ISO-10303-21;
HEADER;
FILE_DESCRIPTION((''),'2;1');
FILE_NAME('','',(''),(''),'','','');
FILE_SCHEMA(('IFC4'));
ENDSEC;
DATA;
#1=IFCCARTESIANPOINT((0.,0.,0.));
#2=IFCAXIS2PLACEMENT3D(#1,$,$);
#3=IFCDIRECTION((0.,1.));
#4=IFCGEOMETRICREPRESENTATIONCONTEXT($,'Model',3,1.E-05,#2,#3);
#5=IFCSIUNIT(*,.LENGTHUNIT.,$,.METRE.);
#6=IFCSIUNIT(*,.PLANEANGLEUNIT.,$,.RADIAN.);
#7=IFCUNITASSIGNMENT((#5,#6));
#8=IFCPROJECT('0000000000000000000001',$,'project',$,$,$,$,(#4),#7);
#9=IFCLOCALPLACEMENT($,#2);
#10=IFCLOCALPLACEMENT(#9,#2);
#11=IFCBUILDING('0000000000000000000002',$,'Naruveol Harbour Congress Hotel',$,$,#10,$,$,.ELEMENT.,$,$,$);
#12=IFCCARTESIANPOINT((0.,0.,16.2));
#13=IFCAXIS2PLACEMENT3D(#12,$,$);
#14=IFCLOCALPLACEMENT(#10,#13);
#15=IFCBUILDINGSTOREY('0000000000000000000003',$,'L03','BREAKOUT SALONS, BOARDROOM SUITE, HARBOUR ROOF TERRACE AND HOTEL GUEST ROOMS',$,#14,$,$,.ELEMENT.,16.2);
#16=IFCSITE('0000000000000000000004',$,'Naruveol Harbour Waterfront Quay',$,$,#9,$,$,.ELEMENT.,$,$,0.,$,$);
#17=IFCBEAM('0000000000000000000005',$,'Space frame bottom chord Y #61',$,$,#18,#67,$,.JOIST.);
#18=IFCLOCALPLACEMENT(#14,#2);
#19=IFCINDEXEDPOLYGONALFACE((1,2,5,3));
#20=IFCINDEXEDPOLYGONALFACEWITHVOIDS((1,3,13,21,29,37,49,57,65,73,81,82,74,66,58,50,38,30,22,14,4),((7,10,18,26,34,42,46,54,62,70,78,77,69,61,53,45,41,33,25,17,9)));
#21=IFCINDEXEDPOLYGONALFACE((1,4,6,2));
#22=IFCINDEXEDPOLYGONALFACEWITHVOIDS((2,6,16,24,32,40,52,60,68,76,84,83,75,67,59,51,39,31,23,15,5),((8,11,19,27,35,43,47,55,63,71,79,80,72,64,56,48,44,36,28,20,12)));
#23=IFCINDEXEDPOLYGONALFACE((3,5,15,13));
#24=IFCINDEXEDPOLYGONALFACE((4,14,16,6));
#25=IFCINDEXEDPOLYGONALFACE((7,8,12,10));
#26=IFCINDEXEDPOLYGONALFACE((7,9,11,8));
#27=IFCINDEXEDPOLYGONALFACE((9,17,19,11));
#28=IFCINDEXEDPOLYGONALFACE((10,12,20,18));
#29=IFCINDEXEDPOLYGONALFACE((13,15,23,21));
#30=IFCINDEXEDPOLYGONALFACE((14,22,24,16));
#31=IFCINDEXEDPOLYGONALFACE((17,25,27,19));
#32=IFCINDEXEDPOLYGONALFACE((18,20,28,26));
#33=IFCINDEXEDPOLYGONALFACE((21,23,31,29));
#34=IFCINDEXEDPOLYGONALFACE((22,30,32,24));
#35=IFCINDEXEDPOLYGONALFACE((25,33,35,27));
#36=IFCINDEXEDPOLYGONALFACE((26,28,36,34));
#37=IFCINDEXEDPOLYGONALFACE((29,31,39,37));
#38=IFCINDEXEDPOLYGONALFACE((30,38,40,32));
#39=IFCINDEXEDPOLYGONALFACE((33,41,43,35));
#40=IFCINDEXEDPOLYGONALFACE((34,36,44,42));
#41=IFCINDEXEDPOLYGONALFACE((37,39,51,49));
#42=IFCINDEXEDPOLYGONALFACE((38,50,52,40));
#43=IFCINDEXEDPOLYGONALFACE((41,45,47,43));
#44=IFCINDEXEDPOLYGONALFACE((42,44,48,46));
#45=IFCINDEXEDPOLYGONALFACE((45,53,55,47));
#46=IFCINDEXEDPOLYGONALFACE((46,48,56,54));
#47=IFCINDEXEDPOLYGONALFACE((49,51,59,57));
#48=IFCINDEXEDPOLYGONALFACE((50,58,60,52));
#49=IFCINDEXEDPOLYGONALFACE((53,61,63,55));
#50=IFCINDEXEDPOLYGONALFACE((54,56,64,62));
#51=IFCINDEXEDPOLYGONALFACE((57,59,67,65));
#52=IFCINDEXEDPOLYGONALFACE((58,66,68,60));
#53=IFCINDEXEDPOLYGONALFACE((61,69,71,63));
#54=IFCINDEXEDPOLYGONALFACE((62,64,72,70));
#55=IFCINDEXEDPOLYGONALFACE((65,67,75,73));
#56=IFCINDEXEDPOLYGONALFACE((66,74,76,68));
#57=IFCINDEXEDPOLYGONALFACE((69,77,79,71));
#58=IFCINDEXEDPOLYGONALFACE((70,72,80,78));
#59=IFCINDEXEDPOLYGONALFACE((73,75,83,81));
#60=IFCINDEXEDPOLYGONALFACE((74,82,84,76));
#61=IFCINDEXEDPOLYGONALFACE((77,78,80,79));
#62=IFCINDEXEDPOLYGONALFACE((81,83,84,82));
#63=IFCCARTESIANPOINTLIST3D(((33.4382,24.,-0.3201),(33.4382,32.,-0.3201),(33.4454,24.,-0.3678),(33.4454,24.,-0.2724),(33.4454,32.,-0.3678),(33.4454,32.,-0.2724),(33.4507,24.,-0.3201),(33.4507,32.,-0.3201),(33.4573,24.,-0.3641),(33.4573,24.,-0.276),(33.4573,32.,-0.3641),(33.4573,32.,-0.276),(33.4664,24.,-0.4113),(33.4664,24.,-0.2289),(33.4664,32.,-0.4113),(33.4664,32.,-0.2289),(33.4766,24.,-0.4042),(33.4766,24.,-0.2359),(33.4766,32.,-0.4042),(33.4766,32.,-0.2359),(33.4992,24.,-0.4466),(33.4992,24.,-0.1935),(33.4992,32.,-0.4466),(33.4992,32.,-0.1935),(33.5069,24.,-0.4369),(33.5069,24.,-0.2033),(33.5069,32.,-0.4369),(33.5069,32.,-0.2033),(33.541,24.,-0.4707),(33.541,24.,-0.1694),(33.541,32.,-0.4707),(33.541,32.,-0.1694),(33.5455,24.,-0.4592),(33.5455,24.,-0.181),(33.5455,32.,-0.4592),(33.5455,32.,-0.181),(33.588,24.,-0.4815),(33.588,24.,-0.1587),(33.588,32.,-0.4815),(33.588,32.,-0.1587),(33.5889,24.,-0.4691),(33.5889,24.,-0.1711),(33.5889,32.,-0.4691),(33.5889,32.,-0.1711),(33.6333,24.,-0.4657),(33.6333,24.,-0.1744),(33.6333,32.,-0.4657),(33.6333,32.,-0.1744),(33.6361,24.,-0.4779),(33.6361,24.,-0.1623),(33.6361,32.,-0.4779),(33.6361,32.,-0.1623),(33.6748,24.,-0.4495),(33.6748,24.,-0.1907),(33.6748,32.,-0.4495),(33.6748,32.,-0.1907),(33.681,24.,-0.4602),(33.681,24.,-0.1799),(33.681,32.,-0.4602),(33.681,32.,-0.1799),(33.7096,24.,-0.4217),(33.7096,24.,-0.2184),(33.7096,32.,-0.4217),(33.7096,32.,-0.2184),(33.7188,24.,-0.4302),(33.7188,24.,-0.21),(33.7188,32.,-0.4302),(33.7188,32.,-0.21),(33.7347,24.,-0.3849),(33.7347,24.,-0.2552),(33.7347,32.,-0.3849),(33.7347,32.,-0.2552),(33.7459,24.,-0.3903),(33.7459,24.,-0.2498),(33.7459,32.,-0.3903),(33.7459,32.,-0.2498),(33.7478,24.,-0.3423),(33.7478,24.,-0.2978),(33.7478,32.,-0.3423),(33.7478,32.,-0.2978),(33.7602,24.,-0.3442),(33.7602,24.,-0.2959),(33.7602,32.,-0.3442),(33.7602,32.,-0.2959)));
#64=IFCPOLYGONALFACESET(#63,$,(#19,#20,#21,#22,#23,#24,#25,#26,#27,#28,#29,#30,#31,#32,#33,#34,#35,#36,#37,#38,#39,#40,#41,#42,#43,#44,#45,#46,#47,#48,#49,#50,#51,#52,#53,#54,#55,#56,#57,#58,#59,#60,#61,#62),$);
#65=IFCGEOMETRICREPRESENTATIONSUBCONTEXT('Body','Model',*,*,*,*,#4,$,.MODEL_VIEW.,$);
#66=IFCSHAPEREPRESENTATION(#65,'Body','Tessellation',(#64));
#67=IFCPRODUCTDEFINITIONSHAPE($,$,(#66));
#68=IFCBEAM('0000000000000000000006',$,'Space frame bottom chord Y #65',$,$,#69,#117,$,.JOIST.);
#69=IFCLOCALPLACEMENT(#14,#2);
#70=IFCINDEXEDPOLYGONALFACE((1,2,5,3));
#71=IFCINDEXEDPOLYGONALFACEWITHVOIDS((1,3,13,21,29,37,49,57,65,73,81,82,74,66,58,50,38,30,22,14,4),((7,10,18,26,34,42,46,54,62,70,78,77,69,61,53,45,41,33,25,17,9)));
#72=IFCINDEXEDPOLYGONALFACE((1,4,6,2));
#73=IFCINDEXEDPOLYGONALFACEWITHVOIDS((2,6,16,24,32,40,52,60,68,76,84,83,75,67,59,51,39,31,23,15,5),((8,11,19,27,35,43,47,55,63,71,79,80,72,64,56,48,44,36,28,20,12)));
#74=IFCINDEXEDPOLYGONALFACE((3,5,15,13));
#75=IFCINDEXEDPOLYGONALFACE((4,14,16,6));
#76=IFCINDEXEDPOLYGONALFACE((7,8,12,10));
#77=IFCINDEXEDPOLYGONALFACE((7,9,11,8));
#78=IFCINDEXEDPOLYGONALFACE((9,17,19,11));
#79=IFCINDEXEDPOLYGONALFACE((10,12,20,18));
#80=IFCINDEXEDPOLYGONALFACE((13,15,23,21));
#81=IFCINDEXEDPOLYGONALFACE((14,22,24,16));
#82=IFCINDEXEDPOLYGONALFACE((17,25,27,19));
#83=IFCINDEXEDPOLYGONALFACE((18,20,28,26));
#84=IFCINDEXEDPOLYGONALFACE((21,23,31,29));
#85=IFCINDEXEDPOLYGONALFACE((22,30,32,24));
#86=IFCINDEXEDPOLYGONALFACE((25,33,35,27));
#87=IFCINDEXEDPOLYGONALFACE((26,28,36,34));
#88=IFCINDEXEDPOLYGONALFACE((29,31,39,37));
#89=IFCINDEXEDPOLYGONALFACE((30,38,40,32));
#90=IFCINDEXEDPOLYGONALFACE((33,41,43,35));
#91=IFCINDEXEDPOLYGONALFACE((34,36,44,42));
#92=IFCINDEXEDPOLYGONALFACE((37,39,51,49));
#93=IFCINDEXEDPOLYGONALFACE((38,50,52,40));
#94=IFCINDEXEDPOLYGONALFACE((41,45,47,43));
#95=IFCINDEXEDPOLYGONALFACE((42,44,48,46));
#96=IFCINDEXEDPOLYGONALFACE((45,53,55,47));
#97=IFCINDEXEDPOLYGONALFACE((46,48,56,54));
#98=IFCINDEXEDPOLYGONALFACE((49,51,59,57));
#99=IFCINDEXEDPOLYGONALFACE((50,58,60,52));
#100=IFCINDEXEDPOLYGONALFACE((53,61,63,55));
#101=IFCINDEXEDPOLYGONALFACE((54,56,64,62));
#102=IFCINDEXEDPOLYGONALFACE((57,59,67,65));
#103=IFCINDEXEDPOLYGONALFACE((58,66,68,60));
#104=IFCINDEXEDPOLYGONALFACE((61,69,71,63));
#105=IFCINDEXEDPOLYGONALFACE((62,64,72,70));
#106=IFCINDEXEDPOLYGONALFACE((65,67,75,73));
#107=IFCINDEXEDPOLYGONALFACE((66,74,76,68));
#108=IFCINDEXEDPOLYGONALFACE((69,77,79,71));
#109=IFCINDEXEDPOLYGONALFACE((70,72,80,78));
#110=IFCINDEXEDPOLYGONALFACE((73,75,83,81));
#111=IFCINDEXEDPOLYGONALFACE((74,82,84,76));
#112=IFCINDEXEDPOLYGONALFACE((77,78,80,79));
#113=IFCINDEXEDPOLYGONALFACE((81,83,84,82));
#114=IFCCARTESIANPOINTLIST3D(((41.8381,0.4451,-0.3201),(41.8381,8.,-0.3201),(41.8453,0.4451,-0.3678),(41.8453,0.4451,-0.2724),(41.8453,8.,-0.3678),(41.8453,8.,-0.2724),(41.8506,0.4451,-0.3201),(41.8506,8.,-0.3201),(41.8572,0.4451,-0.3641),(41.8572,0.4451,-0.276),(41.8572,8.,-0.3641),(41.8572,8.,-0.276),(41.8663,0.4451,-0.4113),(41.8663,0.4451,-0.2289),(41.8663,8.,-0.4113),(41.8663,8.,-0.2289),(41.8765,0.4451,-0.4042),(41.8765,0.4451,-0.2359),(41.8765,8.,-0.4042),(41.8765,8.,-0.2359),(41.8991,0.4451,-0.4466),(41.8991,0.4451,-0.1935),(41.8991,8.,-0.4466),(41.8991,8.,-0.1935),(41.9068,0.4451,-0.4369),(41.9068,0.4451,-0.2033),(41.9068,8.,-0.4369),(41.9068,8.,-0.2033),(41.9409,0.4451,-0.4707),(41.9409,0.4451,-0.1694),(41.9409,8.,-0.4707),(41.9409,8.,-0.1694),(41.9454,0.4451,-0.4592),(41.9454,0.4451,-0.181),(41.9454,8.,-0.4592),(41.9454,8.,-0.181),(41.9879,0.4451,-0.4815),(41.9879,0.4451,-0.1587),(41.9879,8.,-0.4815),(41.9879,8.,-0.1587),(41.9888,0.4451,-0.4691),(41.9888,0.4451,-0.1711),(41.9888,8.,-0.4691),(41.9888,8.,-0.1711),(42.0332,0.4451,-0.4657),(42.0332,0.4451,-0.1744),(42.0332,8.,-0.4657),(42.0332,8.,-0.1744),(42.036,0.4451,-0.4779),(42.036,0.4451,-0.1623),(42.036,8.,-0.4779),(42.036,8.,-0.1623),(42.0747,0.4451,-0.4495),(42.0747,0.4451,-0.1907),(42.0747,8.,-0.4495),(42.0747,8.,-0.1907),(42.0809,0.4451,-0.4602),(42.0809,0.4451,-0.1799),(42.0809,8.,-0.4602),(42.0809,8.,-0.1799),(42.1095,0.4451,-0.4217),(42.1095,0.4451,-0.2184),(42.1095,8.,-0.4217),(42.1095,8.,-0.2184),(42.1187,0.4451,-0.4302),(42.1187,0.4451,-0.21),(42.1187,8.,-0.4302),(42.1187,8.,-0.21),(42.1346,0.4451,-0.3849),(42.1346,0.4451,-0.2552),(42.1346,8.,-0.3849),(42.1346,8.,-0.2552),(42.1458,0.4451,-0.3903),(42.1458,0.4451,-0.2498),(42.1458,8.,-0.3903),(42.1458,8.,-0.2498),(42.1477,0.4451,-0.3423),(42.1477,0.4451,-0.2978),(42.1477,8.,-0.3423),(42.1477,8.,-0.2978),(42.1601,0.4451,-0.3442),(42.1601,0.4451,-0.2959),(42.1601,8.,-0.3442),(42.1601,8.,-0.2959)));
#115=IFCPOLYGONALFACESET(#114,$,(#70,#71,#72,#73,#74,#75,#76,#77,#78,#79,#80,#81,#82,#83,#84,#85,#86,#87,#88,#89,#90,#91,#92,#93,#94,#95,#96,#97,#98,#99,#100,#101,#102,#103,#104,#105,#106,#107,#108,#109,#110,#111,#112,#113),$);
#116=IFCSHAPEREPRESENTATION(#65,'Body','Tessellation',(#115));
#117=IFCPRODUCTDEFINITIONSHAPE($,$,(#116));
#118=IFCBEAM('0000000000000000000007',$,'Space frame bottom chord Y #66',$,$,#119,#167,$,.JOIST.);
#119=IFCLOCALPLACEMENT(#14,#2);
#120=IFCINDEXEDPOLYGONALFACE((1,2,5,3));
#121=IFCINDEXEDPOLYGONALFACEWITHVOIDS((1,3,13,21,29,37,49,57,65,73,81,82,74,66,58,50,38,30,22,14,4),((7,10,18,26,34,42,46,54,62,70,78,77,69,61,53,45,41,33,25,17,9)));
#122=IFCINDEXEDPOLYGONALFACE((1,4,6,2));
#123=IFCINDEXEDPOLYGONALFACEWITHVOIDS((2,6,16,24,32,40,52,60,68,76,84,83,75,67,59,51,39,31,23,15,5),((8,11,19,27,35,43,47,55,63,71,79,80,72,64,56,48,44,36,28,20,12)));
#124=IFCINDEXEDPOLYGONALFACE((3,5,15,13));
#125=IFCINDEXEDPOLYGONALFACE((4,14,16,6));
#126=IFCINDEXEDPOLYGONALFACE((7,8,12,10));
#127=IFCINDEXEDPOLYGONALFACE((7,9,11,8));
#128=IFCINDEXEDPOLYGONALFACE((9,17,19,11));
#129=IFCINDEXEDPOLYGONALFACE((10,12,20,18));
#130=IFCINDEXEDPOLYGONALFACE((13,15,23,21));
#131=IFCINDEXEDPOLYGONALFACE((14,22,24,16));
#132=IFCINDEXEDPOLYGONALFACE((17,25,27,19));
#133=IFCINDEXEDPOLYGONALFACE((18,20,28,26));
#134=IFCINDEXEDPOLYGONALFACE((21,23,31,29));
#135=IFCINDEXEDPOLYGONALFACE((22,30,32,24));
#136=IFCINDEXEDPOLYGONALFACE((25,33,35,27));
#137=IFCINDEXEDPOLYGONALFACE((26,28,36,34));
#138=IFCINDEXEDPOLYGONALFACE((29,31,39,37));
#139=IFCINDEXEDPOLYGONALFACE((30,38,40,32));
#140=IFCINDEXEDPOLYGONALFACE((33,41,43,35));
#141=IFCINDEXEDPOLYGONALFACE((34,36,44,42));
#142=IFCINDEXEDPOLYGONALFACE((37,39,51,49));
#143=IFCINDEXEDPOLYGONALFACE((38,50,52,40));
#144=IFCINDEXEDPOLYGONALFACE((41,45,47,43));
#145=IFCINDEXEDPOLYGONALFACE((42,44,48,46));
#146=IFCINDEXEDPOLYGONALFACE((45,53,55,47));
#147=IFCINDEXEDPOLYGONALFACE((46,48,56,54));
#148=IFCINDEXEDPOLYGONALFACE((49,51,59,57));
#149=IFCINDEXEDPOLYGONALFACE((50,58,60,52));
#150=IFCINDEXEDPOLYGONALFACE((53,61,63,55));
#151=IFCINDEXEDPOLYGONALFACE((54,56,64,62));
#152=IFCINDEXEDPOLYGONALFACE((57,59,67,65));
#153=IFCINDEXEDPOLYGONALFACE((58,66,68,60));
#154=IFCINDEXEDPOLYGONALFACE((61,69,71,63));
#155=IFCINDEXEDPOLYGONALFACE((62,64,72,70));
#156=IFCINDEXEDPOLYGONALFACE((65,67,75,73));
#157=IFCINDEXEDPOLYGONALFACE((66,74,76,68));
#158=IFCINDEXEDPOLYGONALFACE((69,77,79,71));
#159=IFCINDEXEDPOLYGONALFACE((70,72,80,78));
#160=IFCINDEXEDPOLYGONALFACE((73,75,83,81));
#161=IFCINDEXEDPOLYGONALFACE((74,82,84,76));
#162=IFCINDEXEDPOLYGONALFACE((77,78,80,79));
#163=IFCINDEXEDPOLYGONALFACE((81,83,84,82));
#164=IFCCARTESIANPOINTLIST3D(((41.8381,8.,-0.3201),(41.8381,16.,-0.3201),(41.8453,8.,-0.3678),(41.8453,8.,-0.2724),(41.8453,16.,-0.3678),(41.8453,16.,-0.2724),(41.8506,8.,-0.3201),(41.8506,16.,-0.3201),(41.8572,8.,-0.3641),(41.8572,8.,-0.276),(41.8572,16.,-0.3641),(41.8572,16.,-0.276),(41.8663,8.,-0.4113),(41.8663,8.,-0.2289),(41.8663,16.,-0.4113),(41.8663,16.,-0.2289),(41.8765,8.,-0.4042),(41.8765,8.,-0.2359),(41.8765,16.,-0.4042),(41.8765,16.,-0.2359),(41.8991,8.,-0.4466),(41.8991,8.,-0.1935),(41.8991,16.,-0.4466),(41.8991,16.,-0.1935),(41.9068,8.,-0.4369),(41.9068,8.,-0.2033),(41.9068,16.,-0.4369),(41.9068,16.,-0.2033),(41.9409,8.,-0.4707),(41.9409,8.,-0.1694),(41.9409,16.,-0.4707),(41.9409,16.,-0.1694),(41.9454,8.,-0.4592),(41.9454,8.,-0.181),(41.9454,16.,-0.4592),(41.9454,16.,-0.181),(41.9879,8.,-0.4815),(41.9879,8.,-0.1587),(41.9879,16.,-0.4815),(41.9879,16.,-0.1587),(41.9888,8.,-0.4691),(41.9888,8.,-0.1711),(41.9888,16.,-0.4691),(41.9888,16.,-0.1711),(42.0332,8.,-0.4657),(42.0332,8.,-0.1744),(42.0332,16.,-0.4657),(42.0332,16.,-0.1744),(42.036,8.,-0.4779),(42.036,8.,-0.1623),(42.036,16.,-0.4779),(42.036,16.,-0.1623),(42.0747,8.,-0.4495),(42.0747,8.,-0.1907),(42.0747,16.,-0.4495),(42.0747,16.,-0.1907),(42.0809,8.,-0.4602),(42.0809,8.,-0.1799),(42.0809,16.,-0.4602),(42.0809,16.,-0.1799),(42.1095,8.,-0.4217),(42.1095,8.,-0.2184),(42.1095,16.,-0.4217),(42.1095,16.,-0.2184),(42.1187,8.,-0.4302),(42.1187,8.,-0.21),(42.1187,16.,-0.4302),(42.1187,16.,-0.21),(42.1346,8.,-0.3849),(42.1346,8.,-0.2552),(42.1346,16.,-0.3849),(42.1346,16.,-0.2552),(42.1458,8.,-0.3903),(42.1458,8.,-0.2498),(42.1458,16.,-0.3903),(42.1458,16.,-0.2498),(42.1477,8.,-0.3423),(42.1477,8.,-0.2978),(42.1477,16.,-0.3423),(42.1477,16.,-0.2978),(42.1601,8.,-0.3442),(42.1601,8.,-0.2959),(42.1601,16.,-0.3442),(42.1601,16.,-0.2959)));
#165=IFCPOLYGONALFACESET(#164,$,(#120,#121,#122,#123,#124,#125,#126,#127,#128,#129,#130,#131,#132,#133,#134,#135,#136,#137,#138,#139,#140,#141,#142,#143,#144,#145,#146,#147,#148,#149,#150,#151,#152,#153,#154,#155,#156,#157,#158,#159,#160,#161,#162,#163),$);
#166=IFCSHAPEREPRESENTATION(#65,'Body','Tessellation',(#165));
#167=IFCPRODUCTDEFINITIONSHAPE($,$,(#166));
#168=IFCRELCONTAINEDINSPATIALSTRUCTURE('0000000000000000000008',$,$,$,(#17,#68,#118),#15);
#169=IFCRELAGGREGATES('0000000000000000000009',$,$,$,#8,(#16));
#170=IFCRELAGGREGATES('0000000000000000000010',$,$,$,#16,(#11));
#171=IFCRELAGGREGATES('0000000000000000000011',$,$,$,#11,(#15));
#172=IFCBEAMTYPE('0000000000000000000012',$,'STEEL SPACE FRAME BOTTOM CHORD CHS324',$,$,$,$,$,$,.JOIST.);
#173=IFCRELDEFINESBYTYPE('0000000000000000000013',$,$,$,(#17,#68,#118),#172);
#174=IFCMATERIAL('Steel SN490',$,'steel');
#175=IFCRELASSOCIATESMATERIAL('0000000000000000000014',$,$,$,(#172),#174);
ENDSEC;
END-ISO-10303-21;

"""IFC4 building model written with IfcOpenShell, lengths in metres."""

from ifc_helpers import new_model, si_unit, direction, frame, origin, origin_2d, place, context, subcontext, project, spatial, hollow_circle, extrude, material, material_profile, profile_set, type_object, element, save


model = new_model("IFC4")

# Units and contexts
model_context = context("Model", 3, precision=1e-05, world=origin(), true_north=direction((0.0, 1.0)))
body_context = subcontext(model_context, "Body", "Model", "MODEL_VIEW")
ifc_project = project(units=[si_unit("LENGTHUNIT", "METRE"), si_unit("PLANEANGLEUNIT", "RADIAN")], contexts=[model_context])

# Site, building, storey
site_placement = place(None, origin())
site = spatial("IfcSite", under=ifc_project, at=site_placement, Name="Naruveol Harbour Waterfront Quay", CompositionType="ELEMENT", RefElevation=0.0)
building_placement = place(site_placement, origin())
building = spatial("IfcBuilding", under=site, at=building_placement, Name="Naruveol Harbour Congress Hotel", CompositionType="ELEMENT")
storey_placement = place(building_placement, frame((0.0, 0.0, 16.2)))
storey = spatial("IfcBuildingStorey", under=building, at=storey_placement, Name="L03", Description="BREAKOUT SALONS, BOARDROOM SUITE, HARBOUR ROOF TERRACE AND HOTEL GUEST ROOMS", CompositionType="ELEMENT", Elevation=16.2)

# Beams
ifc_material_1 = material(Name="Steel SN490", Category="steel")
ifc_material_profile_1 = material_profile(ifc_material_1, hollow_circle(Radius=0.1619, WallThickness=0.0125, at=origin_2d()), Name="CHS-323.9x12.5")
ifc_profile_set_1 = profile_set([ifc_material_profile_1], Name="Steel SN490")
beam_type_1 = type_object("IfcBeamType", Name="STEEL SPACE FRAME BOTTOM CHORD CHS324", PredefinedType="JOIST", material=ifc_profile_set_1)
for number, where, z_axis, x_axis, name in (
    (1, (33.6001, 24.0, -0.3201), (0.0, 1.0, 0.0), (-1.0, 0.0, 0.0), "Space frame bottom chord Y #61"),
):
    element("IfcBeam", number, at=place(storey_placement, frame(where, z_axis=z_axis, x_axis=x_axis)), inside=storey, type_object=beam_type_1, Name=name, PredefinedType="JOIST", context=body_context, shape_type="SweptSolid", body=[
        extrude(hollow_circle(Radius=0.1619, WallThickness=0.0125, at=origin_2d()), origin(), (0.0, 0.0, 1.0), 8.0),
    ])
beam_1_placement = place(storey_placement, frame((42.0, 0.4451, -0.3201), z_axis=(0.0, 1.0, 0.0), x_axis=(-1.0, 0.0, 0.0)))
element("IfcBeam", 2, at=beam_1_placement, inside=storey, type_object=beam_type_1, Name="Space frame bottom chord Y #65", PredefinedType="JOIST", context=body_context, shape_type="SweptSolid", body=[
    extrude(hollow_circle(Radius=0.1619, WallThickness=0.0125, at=origin_2d()), origin(), (0.0, 0.0, 1.0), 7.5549),
])
beam_2_placement = place(storey_placement, frame((42.0, 8.0, -0.3201), z_axis=(0.0, 1.0, 0.0), x_axis=(-1.0, 0.0, 0.0)))
element("IfcBeam", 3, at=beam_2_placement, inside=storey, type_object=beam_type_1, Name="Space frame bottom chord Y #66", PredefinedType="JOIST", context=body_context, shape_type="SweptSolid", body=[
    extrude(hollow_circle(Radius=0.1619, WallThickness=0.0125, at=origin_2d()), origin(), (0.0, 0.0, 1.0), 8.0),
])

save(model, "model.ifc")
